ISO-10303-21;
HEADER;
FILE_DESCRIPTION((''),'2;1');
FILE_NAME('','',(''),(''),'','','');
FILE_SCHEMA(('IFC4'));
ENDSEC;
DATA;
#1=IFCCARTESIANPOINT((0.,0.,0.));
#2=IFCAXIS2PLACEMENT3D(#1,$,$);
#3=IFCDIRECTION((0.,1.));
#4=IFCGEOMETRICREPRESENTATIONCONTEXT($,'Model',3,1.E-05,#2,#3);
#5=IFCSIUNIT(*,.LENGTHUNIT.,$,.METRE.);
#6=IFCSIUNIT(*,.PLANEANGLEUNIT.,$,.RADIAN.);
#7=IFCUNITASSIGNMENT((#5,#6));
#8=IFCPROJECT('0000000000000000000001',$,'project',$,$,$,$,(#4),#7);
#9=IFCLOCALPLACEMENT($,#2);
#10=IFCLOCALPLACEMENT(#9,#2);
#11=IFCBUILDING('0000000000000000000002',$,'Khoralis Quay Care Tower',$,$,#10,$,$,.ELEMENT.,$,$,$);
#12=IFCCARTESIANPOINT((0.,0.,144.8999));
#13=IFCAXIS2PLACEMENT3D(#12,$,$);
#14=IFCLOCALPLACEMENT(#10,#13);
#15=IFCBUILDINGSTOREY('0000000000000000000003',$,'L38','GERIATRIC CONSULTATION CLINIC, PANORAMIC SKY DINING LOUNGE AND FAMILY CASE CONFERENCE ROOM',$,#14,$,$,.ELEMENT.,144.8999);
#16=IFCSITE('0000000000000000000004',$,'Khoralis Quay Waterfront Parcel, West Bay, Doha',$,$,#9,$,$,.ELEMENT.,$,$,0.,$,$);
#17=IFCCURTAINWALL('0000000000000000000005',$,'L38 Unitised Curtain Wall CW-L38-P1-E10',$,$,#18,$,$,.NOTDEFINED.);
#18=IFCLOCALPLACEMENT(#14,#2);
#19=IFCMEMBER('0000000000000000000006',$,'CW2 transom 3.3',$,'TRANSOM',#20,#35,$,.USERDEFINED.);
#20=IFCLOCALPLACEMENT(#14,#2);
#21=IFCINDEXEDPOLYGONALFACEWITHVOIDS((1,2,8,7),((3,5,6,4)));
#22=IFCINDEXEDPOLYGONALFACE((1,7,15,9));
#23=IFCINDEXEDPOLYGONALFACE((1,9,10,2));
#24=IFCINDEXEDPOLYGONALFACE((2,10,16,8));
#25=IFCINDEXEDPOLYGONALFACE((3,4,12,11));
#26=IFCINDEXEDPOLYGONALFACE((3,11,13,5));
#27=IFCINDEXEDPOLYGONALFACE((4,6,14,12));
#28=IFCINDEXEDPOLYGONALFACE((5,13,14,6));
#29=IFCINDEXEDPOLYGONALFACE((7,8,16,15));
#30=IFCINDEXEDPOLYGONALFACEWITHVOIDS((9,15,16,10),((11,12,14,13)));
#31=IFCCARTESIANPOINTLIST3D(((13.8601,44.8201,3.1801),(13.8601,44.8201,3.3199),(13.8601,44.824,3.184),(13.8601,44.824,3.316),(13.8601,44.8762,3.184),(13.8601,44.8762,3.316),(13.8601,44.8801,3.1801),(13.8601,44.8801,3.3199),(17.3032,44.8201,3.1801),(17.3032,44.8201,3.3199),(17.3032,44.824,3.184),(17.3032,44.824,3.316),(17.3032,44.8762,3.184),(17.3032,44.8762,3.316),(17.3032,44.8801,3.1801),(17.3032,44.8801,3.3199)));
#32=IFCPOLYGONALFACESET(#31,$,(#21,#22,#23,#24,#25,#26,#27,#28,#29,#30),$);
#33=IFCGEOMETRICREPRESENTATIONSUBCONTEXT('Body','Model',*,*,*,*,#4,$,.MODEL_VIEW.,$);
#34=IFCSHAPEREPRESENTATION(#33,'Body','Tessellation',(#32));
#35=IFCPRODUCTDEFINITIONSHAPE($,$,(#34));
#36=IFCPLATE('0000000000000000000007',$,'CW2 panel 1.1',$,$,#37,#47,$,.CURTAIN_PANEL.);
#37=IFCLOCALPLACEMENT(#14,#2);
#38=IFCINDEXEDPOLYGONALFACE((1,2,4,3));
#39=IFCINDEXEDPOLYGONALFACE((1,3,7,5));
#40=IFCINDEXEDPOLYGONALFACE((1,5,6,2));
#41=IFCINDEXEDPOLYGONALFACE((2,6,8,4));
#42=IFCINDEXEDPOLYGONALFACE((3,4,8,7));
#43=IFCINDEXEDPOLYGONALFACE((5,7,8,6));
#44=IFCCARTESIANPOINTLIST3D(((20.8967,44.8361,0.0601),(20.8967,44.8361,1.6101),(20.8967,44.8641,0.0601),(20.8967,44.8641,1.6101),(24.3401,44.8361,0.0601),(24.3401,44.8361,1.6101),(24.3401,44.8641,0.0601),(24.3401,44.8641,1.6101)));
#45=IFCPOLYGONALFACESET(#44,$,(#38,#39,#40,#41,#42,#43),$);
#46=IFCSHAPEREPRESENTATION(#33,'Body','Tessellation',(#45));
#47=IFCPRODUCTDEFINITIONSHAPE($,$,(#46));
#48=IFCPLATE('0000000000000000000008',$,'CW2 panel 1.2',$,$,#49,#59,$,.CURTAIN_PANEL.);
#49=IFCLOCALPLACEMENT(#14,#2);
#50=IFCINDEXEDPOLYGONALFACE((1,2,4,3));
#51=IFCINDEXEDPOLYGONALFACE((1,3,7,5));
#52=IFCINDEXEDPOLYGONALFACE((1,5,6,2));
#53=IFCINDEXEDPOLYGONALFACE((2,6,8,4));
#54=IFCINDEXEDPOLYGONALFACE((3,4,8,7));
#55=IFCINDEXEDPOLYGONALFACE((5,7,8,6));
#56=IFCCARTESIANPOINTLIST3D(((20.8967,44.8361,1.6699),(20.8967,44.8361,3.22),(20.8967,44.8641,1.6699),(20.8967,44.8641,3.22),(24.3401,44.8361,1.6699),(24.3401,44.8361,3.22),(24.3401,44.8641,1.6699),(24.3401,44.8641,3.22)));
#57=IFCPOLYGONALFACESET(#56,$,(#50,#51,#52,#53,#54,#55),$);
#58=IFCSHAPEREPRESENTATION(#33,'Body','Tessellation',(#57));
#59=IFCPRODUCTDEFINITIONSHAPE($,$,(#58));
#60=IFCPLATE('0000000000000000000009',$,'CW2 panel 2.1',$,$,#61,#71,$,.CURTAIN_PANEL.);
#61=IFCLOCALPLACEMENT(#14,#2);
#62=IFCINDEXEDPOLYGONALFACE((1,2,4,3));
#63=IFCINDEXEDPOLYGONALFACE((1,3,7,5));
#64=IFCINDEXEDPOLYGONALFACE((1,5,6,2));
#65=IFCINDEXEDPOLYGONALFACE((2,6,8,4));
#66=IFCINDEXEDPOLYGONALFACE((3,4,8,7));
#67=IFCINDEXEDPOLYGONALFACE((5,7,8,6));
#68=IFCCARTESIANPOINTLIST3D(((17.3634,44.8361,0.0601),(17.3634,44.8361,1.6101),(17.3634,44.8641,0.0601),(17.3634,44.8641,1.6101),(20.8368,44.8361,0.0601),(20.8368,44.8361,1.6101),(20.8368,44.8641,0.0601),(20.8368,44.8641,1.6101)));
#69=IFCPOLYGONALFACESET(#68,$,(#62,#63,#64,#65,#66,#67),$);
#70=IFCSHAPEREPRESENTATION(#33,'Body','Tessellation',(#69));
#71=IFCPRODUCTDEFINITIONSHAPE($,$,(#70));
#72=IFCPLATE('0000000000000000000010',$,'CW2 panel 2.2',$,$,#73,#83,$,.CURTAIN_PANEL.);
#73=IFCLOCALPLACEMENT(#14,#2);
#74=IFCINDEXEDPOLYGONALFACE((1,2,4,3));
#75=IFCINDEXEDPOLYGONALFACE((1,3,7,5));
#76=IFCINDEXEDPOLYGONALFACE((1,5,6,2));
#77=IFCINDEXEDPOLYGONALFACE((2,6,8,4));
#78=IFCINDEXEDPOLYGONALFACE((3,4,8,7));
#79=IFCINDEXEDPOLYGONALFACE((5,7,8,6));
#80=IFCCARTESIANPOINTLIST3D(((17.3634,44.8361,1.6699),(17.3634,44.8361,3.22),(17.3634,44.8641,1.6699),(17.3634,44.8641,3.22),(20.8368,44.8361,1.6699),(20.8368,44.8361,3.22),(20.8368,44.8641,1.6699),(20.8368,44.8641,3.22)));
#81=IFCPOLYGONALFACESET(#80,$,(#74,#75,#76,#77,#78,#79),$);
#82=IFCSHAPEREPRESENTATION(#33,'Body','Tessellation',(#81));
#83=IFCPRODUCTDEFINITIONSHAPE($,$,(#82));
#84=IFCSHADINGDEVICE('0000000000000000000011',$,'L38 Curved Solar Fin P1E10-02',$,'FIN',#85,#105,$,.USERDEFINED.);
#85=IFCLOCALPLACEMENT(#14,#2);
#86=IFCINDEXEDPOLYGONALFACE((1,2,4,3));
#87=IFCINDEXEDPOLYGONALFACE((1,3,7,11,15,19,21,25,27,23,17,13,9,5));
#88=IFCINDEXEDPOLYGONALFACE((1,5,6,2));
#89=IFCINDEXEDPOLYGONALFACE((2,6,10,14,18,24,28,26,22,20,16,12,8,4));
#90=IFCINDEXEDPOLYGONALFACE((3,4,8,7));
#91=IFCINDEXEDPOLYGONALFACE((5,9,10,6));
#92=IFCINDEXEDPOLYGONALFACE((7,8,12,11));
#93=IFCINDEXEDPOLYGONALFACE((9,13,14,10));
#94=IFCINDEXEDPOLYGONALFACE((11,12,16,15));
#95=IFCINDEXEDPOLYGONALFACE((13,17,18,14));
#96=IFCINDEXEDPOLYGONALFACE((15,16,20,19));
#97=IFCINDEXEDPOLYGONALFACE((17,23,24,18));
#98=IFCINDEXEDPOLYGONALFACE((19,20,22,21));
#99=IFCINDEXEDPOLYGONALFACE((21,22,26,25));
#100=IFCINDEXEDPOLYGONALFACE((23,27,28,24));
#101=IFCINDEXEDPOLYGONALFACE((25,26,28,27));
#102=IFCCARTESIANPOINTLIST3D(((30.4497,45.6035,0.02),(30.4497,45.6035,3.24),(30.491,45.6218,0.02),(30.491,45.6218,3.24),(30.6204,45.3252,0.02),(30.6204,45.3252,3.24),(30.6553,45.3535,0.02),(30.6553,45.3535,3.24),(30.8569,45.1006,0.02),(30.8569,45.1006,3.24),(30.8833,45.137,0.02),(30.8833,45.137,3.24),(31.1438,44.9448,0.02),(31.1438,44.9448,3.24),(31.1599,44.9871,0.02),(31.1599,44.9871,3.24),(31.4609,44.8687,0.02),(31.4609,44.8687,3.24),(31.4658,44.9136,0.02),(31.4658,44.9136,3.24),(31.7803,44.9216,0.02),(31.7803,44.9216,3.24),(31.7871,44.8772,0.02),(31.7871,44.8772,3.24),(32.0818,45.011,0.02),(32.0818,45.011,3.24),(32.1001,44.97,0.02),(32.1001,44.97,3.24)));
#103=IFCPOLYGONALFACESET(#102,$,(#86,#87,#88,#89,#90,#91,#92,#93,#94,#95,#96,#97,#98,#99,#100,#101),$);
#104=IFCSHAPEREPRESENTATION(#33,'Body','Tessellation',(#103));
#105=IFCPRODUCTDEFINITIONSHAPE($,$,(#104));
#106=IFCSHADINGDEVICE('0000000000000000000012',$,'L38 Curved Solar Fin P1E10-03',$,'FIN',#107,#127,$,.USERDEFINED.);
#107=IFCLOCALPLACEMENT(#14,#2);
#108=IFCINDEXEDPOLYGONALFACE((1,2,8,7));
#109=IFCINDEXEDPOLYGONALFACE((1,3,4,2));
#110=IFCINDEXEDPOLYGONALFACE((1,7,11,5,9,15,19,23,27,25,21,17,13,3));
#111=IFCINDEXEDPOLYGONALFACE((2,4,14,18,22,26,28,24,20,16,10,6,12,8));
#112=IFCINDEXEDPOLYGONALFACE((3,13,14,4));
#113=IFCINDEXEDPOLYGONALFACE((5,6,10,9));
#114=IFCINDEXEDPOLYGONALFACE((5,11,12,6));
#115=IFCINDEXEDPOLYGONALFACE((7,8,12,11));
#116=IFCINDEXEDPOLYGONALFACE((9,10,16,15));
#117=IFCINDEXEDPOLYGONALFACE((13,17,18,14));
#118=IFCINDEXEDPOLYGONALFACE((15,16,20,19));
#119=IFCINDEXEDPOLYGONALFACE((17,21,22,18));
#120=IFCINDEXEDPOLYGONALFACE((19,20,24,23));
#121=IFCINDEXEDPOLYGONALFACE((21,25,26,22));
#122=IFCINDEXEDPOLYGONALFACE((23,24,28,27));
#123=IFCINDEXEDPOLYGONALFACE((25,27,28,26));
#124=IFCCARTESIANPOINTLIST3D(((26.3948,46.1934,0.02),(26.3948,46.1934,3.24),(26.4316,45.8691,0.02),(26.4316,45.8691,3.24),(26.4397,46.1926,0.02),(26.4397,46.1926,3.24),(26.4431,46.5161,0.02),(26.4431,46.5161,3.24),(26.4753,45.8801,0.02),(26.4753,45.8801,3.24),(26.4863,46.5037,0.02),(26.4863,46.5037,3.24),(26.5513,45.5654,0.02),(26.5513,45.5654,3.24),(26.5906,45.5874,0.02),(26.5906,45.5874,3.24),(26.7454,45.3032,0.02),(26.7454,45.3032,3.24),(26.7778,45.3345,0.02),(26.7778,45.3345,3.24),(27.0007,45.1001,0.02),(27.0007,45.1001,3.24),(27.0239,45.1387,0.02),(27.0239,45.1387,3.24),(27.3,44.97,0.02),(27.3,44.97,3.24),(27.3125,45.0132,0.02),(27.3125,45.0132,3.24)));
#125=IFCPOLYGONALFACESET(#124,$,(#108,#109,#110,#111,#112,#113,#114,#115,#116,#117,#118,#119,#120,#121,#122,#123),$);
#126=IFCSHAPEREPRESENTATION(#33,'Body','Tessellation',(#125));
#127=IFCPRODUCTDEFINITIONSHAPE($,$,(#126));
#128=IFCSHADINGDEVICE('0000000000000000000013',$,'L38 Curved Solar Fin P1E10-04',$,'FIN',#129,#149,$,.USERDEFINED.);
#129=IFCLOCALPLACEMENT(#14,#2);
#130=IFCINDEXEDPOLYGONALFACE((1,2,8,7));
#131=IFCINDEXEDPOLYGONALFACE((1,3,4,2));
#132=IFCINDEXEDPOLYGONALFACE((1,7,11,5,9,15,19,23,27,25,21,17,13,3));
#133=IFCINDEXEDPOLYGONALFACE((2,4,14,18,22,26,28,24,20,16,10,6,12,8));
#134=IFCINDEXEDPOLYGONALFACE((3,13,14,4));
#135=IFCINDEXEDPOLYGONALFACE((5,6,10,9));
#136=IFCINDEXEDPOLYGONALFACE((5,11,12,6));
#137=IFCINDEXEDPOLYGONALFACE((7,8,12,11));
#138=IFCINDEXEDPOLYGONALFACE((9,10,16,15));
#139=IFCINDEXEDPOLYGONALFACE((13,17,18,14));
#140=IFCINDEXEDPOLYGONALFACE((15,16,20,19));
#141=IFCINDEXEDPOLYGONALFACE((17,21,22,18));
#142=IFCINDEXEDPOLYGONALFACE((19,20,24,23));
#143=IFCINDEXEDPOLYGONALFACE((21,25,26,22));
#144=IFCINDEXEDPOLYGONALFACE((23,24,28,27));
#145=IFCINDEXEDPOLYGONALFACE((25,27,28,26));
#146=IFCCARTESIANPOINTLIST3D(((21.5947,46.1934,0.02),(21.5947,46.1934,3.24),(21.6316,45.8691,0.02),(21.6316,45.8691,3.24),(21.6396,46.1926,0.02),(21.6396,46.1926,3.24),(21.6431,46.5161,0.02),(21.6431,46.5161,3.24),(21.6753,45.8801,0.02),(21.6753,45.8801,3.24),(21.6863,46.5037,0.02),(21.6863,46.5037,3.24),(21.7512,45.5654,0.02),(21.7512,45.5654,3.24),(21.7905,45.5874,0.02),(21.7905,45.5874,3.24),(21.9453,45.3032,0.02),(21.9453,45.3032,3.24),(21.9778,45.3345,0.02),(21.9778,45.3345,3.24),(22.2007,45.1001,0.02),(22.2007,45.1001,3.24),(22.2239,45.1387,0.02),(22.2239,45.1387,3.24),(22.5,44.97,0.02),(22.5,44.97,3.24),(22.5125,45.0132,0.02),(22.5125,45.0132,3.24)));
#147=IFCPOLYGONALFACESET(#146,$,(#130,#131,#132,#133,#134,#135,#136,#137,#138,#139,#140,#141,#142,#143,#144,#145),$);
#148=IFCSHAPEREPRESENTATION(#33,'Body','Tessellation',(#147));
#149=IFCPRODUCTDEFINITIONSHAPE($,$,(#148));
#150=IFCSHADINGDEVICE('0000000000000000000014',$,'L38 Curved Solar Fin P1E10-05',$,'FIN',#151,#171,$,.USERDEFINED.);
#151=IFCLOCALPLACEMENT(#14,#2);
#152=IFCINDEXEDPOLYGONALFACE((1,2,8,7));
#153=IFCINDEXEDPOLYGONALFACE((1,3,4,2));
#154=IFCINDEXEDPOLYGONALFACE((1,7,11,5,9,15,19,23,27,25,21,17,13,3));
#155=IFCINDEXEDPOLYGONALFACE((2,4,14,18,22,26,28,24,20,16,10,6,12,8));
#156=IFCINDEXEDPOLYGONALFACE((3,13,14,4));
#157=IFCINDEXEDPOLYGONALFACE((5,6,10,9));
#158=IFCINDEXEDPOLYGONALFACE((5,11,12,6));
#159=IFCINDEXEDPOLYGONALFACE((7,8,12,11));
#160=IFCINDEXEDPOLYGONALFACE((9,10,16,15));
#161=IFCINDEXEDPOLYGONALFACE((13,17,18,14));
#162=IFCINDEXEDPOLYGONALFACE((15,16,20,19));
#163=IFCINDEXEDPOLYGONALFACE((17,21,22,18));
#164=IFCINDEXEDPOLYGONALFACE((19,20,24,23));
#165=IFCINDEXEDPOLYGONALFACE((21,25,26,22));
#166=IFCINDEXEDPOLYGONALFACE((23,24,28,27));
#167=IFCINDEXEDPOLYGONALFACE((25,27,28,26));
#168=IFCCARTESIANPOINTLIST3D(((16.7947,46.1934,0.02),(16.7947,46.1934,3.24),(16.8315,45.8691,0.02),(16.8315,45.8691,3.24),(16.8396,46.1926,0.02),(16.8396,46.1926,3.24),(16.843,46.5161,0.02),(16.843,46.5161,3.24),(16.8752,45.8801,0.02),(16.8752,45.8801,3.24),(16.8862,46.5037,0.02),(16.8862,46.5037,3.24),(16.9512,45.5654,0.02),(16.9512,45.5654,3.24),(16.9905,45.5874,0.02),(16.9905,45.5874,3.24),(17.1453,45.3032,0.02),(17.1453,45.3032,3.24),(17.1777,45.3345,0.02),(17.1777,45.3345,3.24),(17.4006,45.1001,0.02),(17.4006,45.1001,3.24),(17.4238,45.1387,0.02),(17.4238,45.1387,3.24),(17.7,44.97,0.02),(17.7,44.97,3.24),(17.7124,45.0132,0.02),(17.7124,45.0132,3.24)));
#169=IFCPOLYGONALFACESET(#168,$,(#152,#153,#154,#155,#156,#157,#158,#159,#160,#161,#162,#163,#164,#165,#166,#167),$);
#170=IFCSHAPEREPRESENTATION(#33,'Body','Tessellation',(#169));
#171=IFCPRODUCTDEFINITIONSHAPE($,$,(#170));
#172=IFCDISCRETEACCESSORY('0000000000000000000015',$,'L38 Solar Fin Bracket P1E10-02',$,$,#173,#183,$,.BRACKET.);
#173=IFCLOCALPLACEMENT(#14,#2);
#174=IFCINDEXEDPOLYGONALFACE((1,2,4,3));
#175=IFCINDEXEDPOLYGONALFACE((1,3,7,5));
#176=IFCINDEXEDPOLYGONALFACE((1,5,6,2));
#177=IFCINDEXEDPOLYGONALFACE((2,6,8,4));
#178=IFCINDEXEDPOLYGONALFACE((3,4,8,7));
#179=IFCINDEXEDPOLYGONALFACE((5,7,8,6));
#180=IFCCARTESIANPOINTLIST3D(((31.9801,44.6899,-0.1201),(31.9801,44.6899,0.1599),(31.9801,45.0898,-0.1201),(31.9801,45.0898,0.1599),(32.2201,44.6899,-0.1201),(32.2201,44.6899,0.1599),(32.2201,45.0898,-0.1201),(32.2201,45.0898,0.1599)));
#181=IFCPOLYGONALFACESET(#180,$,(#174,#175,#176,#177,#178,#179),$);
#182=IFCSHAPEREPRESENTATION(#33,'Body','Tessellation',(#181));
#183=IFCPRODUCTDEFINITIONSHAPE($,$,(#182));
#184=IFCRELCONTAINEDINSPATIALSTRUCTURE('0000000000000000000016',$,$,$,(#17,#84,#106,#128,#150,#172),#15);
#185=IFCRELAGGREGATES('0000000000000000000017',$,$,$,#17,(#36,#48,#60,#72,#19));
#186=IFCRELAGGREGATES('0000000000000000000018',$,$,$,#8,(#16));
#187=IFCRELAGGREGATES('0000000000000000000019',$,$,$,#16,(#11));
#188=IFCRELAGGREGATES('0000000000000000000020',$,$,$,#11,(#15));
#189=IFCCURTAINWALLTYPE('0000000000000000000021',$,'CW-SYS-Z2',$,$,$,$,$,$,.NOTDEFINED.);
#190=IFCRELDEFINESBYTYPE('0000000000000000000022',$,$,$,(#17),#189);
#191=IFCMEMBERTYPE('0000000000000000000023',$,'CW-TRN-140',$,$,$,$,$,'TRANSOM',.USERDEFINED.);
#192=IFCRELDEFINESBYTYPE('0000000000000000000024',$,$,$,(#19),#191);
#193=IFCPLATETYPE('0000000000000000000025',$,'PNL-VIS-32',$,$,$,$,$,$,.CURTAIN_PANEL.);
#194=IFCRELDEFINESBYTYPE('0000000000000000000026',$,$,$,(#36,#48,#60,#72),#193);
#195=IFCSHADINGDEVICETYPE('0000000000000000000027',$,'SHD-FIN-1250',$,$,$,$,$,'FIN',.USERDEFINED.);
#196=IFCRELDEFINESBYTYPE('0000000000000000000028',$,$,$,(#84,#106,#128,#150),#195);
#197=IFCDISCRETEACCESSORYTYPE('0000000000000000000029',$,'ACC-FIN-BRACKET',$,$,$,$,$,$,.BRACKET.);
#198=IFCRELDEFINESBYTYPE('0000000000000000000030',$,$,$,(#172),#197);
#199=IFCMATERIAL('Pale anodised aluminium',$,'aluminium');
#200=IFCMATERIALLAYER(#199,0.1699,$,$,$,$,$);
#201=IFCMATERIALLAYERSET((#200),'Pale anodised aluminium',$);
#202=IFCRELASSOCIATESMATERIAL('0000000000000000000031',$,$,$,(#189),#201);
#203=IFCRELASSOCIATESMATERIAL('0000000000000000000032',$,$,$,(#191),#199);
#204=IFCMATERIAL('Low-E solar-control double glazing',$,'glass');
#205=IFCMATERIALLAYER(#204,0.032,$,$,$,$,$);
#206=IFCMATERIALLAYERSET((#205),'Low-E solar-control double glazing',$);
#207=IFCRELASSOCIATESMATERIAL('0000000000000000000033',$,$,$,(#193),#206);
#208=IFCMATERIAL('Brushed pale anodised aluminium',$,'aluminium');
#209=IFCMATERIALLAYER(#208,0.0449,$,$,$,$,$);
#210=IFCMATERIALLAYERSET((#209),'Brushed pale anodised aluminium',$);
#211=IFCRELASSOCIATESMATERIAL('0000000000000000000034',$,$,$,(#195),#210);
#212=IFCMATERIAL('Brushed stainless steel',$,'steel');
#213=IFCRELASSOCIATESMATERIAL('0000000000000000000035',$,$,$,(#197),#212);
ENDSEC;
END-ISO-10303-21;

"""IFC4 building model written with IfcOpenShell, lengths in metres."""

from ifc_helpers import new_model, si_unit, direction, frame, origin, origin_2d, place, context, subcontext, project, spatial, polyline, rectangle, hollow_rectangle, outline, extrude, source, transform, mapped, material, layer, layer_set, material_profile, profile_set, type_object, element, aggregate, save


model = new_model("IFC4")

# Units and contexts
model_context = context("Model", 3, precision=1e-05, world=origin(), true_north=direction((0.0, 1.0)))
body_context = subcontext(model_context, "Body", "Model", "MODEL_VIEW")
ifc_project = project(units=[si_unit("LENGTHUNIT", "METRE"), si_unit("PLANEANGLEUNIT", "RADIAN")], contexts=[model_context])

# Site, building, storey
site_placement = place(None, origin())
site = spatial("IfcSite", under=ifc_project, at=site_placement, Name="Khoralis Quay Waterfront Parcel, West Bay, Doha", CompositionType="ELEMENT", RefElevation=0.0)
building_placement = place(site_placement, origin())
building = spatial("IfcBuilding", under=site, at=building_placement, Name="Khoralis Quay Care Tower", CompositionType="ELEMENT")
storey_placement = place(building_placement, frame((0.0, 0.0, 144.8999)))
storey = spatial("IfcBuildingStorey", under=building, at=storey_placement, Name="L38", Description="GERIATRIC CONSULTATION CLINIC, PANORAMIC SKY DINING LOUNGE AND FAMILY CASE CONFERENCE ROOM", CompositionType="ELEMENT", Elevation=144.8999)

# Curtain wall, member, plates
ifc_material_1 = material(Name="Pale anodised aluminium", Category="aluminium")
ifc_layer_1 = layer(ifc_material_1, 0.1699)
ifc_layer_set_1 = layer_set([ifc_layer_1], Name="Pale anodised aluminium")
curtain_wall_type = type_object("IfcCurtainWallType", Name="CW-SYS-Z2", PredefinedType="NOTDEFINED", material=ifc_layer_set_1)
curtain_wall_placement = place(storey_placement, origin())
curtain_wall = element("IfcCurtainWall", 1, at=curtain_wall_placement, inside=storey, type_object=curtain_wall_type, Name="L38 Unitised Curtain Wall CW-L38-P1-E10", PredefinedType="NOTDEFINED")
ifc_material_profile_1 = material_profile(ifc_material_1, hollow_rectangle(XDim=0.0601, YDim=0.1399, WallThickness=0.0039, at=origin_2d()), Name="Pale anodised aluminium")
ifc_profile_set_1 = profile_set([ifc_material_profile_1], Name="Pale anodised aluminium")
member_type_1 = type_object("IfcMemberType", Name="CW-TRN-140", ElementType="TRANSOM", PredefinedType="USERDEFINED", material=ifc_profile_set_1)
shared_shape_1 = source(origin(), body_context, "Body", "SweptSolid", [
    extrude(hollow_rectangle(XDim=0.0601, YDim=0.1399, WallThickness=0.0039, at=origin_2d()), origin(), (0.0, 0.0, 1.0), 3.4431),
])
member_1_placement = place(storey_placement, frame((17.3032, 44.8501, 3.25), z_axis=(-1.0, 0.0, 0.0), x_axis=(0.0, -1.0, 0.0)))
member_1 = element("IfcMember", 2, at=member_1_placement, type_object=member_type_1, Name="CW2 transom 3.3", ObjectType="TRANSOM", PredefinedType="USERDEFINED", context=body_context, shape_type="MappedRepresentation", body=[
    mapped(shared_shape_1, transform((0.0, 0.0, 0.0), scale=1.0)),
])
ifc_material_2 = material(Name="Low-E solar-control double glazing", Category="glass")
ifc_layer_2 = layer(ifc_material_2, 0.032)
ifc_layer_set_2 = layer_set([ifc_layer_2], Name="Low-E solar-control double glazing")
plate_type = type_object("IfcPlateType", Name="PNL-VIS-32", PredefinedType="CURTAIN_PANEL", material=ifc_layer_set_2)
shared_shape_2 = source(origin(), body_context, "Body", "SweptSolid", [
    extrude(rectangle(XDim=3.4434, YDim=0.0281, at=origin_2d()), origin(), (0.0, 0.0, 1.0), 1.55),
])
plate_1_placement = place(storey_placement, frame((22.6184, 44.8501, 0.0601), z_axis=(0.0, 0.0, 1.0), x_axis=(-1.0, 0.0, 0.0)))
plate_1 = element("IfcPlate", 3, at=plate_1_placement, type_object=plate_type, Name="CW2 panel 1.1", PredefinedType="CURTAIN_PANEL", context=body_context, shape_type="MappedRepresentation", body=[
    mapped(shared_shape_2, transform((0.0, 0.0, 0.0), scale=1.0)),
])
plate_2_placement = place(storey_placement, frame((22.6184, 44.8501, 1.6699), z_axis=(0.0, 0.0, 1.0), x_axis=(-1.0, 0.0, 0.0)))
plate_2 = element("IfcPlate", 4, at=plate_2_placement, type_object=plate_type, Name="CW2 panel 1.2", PredefinedType="CURTAIN_PANEL", context=body_context, shape_type="MappedRepresentation", body=[
    mapped(shared_shape_2, transform((0.0, 0.0, 0.0), scale=1.0)),
])
shared_shape_3 = source(origin(), body_context, "Body", "SweptSolid", [
    extrude(rectangle(XDim=3.4734, YDim=0.0281, at=origin_2d()), origin(), (0.0, 0.0, 1.0), 1.55),
])
plate_3_placement = place(storey_placement, frame((19.1001, 44.8501, 0.0601), z_axis=(0.0, 0.0, 1.0), x_axis=(-1.0, 0.0, 0.0)))
plate_3 = element("IfcPlate", 5, at=plate_3_placement, type_object=plate_type, Name="CW2 panel 2.1", PredefinedType="CURTAIN_PANEL", context=body_context, shape_type="MappedRepresentation", body=[
    mapped(shared_shape_3, transform((0.0, 0.0, 0.0), scale=1.0)),
])
plate_4_placement = place(storey_placement, frame((19.1001, 44.8501, 1.6699), z_axis=(0.0, 0.0, 1.0), x_axis=(-1.0, 0.0, 0.0)))
plate_4 = element("IfcPlate", 6, at=plate_4_placement, type_object=plate_type, Name="CW2 panel 2.2", PredefinedType="CURTAIN_PANEL", context=body_context, shape_type="MappedRepresentation", body=[
    mapped(shared_shape_3, transform((0.0, 0.0, 0.0), scale=1.0)),
])
aggregate(curtain_wall, [plate_1, plate_2, plate_3, plate_4, member_1])

# Shading devices
ifc_material_3 = material(Name="Brushed pale anodised aluminium", Category="aluminium")
ifc_layer_3 = layer(ifc_material_3, 0.0449)
ifc_layer_set_3 = layer_set([ifc_layer_3], Name="Brushed pale anodised aluminium")
shading_device_type = type_object("IfcShadingDeviceType", Name="SHD-FIN-1250", ElementType="FIN", PredefinedType="USERDEFINED", material=ifc_layer_set_3)
shared_shape_4 = source(origin(), body_context, "Body", "SweptSolid", [
    extrude(outline(polyline([(0.0, 0.0), (-0.0928, 0.313), (-0.1013, 0.6392), (-0.0251, 0.9563), (0.1306, 1.2432), (0.3552, 1.4797), (0.6335, 1.6504), (0.6519, 1.6091), (0.3835, 1.4448), (0.167, 1.2168), (0.0171, 0.9402), (-0.0564, 0.6343), (-0.0483, 0.3198), (0.041, 0.0183), (0.0, 0.0)])), origin(), (0.0, 0.0, 1.0), 3.22),
])
shading_device_placement = place(storey_placement, frame((32.1001, 44.97, 0.02), z_axis=(0.0, 0.0, 1.0), x_axis=(0.0, 1.0, 0.0)))
element("IfcShadingDevice", 7, at=shading_device_placement, inside=storey, type_object=shading_device_type, Name="L38 Curved Solar Fin P1E10-02", ObjectType="FIN", PredefinedType="USERDEFINED", context=body_context, shape_type="MappedRepresentation", body=[
    mapped(shared_shape_4, transform((0.0, 0.0, 0.0), scale=1.0)),
])
shared_shape_5 = source(origin(), body_context, "Body", "SweptSolid", [
    extrude(outline(polyline([(0.0, 0.0), (0.1301, 0.2993), (0.3333, 0.5547), (0.5955, 0.7488), (0.8992, 0.8684), (1.2234, 0.9053), (1.5461, 0.8569), (1.5337, 0.8137), (1.2227, 0.8604), (0.9102, 0.8247), (0.6174, 0.7095), (0.3645, 0.5222), (0.1687, 0.2761), (0.0432, -0.0125), (0.0, 0.0)])), origin(), (0.0, 0.0, 1.0), 3.22),
])
for number, where, z_axis, x_axis, name in (
    (8, (27.3, 44.97, 0.02), (0.0, 0.0, 1.0), (0.0, 1.0, 0.0), "L38 Curved Solar Fin P1E10-03"),
    (9, (22.5, 44.97, 0.02), (0.0, 0.0, 1.0), (0.0, 1.0, 0.0), "L38 Curved Solar Fin P1E10-04"),
    (10, (17.7, 44.97, 0.02), (0.0, 0.0, 1.0), (0.0, 1.0, 0.0), "L38 Curved Solar Fin P1E10-05"),
):
    element("IfcShadingDevice", number, at=place(storey_placement, frame(where, z_axis=z_axis, x_axis=x_axis)), inside=storey, type_object=shading_device_type, Name=name, ObjectType="FIN", PredefinedType="USERDEFINED", context=body_context, shape_type="MappedRepresentation", body=[
        mapped(shared_shape_5, transform((0.0, 0.0, 0.0), scale=1.0)),
    ])

# Discrete accessory
ifc_material_4 = material(Name="Brushed stainless steel", Category="steel")
discrete_accessory_type = type_object("IfcDiscreteAccessoryType", Name="ACC-FIN-BRACKET", PredefinedType="BRACKET", material=ifc_material_4)
shared_shape_6 = source(origin(), body_context, "Body", "SweptSolid", [
    extrude(rectangle(XDim=0.3999, YDim=0.24, at=origin_2d()), origin(), (0.0, 0.0, 1.0), 0.28),
])
for number, where, z_axis, x_axis, name in (
    (11, (32.1001, 44.8899, -0.1201), (0.0, 0.0, 1.0), (0.0, 1.0, 0.0), "L38 Solar Fin Bracket P1E10-02"),
):
    element("IfcDiscreteAccessory", number, at=place(storey_placement, frame(where, z_axis=z_axis, x_axis=x_axis)), inside=storey, type_object=discrete_accessory_type, Name=name, PredefinedType="BRACKET", context=body_context, shape_type="MappedRepresentation", body=[
        mapped(shared_shape_6, transform((0.0, 0.0, 0.0), scale=1.0)),
    ])

save(model, "model.ifc")
